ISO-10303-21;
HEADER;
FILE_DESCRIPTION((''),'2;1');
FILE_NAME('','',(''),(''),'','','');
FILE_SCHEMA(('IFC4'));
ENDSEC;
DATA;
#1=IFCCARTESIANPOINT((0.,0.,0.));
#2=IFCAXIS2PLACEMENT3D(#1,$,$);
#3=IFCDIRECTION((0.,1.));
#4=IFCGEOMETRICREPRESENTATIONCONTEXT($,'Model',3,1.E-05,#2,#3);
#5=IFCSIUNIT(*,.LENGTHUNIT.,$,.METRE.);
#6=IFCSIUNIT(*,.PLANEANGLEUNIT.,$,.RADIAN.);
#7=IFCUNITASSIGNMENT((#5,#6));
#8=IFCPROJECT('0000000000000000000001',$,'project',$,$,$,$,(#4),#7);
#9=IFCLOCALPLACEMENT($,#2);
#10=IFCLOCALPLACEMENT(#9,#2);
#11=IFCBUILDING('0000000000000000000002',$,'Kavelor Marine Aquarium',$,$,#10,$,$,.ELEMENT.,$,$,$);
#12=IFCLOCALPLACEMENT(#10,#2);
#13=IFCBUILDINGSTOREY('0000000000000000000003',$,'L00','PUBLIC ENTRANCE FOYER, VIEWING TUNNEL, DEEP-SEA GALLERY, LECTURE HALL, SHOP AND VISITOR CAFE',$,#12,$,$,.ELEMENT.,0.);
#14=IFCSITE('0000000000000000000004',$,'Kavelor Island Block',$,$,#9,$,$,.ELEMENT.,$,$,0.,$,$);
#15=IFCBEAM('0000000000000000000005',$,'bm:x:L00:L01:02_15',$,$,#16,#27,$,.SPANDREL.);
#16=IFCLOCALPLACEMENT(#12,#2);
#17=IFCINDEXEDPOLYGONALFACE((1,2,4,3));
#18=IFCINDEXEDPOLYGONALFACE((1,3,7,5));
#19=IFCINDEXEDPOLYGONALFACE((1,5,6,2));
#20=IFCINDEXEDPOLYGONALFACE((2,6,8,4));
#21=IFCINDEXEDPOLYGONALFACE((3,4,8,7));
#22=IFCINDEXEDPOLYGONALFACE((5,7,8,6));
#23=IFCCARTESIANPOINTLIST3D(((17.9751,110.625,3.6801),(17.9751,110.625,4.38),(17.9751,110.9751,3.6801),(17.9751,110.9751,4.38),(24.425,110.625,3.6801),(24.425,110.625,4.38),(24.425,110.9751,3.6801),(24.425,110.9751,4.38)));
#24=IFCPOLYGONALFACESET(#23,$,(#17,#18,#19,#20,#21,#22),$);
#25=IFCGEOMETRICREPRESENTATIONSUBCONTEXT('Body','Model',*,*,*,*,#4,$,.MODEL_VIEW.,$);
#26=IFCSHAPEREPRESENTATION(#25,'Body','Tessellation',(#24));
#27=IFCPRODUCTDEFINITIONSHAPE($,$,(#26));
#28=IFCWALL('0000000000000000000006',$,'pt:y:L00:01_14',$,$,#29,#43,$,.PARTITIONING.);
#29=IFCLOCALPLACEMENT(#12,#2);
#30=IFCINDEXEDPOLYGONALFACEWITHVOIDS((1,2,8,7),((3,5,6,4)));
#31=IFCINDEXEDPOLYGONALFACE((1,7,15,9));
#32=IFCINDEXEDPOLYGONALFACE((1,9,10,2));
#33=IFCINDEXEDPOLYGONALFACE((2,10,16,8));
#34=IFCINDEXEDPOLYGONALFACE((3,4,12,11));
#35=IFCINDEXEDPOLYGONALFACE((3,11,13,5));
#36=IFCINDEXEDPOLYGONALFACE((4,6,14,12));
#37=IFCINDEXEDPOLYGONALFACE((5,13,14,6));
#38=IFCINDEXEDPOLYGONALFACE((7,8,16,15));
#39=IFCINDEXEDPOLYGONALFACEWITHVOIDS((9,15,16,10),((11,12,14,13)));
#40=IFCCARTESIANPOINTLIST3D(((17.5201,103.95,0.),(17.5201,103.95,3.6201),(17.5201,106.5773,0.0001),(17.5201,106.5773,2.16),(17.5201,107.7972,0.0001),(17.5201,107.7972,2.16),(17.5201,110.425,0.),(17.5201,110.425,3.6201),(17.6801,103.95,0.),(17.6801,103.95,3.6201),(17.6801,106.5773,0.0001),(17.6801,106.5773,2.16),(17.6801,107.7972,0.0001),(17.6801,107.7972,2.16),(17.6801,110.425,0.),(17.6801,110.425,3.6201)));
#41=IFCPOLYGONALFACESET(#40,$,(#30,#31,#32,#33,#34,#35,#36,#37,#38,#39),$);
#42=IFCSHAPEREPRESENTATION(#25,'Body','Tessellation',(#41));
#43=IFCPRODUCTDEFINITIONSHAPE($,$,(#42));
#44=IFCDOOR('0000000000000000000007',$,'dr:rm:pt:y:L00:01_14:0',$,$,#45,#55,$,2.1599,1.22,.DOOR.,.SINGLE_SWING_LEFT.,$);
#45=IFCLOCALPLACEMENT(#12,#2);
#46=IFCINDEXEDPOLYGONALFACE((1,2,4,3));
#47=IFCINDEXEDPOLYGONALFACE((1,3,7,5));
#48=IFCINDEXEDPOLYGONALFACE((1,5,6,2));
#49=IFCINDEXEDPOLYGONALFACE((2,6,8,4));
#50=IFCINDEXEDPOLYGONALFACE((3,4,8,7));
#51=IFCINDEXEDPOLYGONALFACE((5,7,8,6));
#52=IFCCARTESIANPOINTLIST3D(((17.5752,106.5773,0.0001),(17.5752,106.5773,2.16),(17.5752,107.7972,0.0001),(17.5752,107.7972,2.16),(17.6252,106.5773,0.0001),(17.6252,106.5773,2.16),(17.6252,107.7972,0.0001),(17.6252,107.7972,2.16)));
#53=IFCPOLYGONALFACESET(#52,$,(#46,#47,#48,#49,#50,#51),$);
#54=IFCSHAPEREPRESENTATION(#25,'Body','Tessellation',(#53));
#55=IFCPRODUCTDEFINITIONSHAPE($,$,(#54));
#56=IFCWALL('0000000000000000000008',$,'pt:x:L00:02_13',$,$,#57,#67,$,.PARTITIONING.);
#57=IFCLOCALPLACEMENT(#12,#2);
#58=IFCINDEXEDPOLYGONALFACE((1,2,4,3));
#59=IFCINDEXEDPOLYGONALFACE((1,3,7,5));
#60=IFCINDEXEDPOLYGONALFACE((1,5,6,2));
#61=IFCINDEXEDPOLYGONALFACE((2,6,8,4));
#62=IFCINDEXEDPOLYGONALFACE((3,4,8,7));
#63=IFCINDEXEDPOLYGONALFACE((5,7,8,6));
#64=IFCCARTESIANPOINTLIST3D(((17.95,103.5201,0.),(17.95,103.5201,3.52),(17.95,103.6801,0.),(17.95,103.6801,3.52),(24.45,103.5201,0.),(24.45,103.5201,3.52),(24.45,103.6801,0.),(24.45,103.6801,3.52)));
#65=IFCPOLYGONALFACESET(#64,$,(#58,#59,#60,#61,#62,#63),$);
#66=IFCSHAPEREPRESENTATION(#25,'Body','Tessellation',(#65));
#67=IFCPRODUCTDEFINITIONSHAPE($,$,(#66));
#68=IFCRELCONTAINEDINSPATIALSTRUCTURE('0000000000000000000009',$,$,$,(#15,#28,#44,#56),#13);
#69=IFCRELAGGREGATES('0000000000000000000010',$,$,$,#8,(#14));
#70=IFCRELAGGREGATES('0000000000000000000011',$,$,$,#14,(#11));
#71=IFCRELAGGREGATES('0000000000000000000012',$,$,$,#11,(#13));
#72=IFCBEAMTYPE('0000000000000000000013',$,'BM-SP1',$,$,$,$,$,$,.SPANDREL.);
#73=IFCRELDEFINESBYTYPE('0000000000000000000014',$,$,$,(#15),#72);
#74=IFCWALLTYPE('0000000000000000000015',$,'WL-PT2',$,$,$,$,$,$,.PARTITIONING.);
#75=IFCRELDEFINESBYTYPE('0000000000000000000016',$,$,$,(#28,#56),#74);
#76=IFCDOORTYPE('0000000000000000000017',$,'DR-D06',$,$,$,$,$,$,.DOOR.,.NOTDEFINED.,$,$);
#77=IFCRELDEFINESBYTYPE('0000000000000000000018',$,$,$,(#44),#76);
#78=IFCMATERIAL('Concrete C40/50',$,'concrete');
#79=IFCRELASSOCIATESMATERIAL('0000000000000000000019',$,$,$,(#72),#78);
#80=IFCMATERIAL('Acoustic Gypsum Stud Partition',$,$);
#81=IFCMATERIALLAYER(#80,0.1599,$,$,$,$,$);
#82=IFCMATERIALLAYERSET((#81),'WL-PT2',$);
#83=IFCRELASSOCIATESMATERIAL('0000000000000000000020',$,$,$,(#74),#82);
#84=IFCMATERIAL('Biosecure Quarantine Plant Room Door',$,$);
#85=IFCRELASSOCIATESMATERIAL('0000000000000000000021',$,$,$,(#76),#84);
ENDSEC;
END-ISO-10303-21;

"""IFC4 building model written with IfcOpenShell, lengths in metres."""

from ifc_helpers import new_model, si_unit, direction, frame, frame_2d, origin, origin_2d, place, context, subcontext, project, spatial, rectangle, extrude, material, layer, layer_set, material_profile, profile_set, type_object, element, fill, save


model = new_model("IFC4")

# Units and contexts
model_context = context("Model", 3, precision=1e-05, world=origin(), true_north=direction((0.0, 1.0)))
body_context = subcontext(model_context, "Body", "Model", "MODEL_VIEW")
ifc_project = project(units=[si_unit("LENGTHUNIT", "METRE"), si_unit("PLANEANGLEUNIT", "RADIAN")], contexts=[model_context])

# Site, building, storey
site_placement = place(None, origin())
site = spatial("IfcSite", under=ifc_project, at=site_placement, Name="Kavelor Island Block", CompositionType="ELEMENT", RefElevation=0.0)
building_placement = place(site_placement, origin())
building = spatial("IfcBuilding", under=site, at=building_placement, Name="Kavelor Marine Aquarium", CompositionType="ELEMENT")
storey_placement = place(building_placement, origin())
storey = spatial("IfcBuildingStorey", under=building, at=storey_placement, Name="L00", Description="PUBLIC ENTRANCE FOYER, VIEWING TUNNEL, DEEP-SEA GALLERY, LECTURE HALL, SHOP AND VISITOR CAFE", CompositionType="ELEMENT", Elevation=0.0)

# Beam
ifc_material_1 = material(Name="Concrete C40/50", Category="concrete")
ifc_material_profile_1 = material_profile(ifc_material_1, rectangle(XDim=0.3501, YDim=0.7, at=origin_2d()), Name="RC-SP 350x700")
ifc_profile_set_1 = profile_set([ifc_material_profile_1], Name="Concrete C40/50")
beam_type_1 = type_object("IfcBeamType", Name="BM-SP1", PredefinedType="SPANDREL", material=ifc_profile_set_1)
beam_1_placement = place(storey_placement, frame((17.9751, 110.8, 4.03), z_axis=(1.0, 0.0, 0.0), x_axis=(0.0, 1.0, 0.0)))
element("IfcBeam", 1, at=beam_1_placement, inside=storey, type_object=beam_type_1, Name="bm:x:L00:L01:02_15", PredefinedType="SPANDREL", context=body_context, shape_type="SweptSolid", body=[
    extrude(rectangle(XDim=0.3501, YDim=0.7, at=origin_2d()), origin(), (0.0, 0.0, 1.0), 6.45),
])

# Wall, opening, door
ifc_material_2 = material(Name="Acoustic Gypsum Stud Partition")
ifc_layer_1 = layer(ifc_material_2, 0.1599)
ifc_layer_set_1 = layer_set([ifc_layer_1], Name="WL-PT2")
wall_type_1 = type_object("IfcWallType", Name="WL-PT2", PredefinedType="PARTITIONING", material=ifc_layer_set_1)
wall_1_placement = place(storey_placement, frame((17.6001, 103.95, 0.0), z_axis=(0.0, 0.0, 1.0), x_axis=(0.0, 1.0, 0.0)))
wall_1 = element("IfcWall", 2, at=wall_1_placement, inside=storey, type_object=wall_type_1, Name="pt:y:L00:01_14", PredefinedType="PARTITIONING", context=body_context, shape_type="SweptSolid", body=[
    extrude(rectangle(XDim=6.4751, YDim=0.1599, at=frame_2d((3.2375, 0.0))), origin(), (0.0, 0.0, 1.0), 3.6201),
])
opening_1_placement = place(wall_1_placement, frame((2.6274, 0.0, 0.0)))
opening_1 = element("IfcOpeningElement", 3, at=opening_1_placement, cuts=wall_1, PredefinedType="OPENING", context=body_context, shape_type="SweptSolid", body=[
    extrude(rectangle(XDim=1.22, YDim=2.1599, at=frame_2d((0.6099, 1.0801))), frame((0.0, 0.0898, 0.0), z_axis=(0.0, -1.0, 0.0), x_axis=(1.0, 0.0, 0.0)), (0.0, 0.0, 1.0), 0.1799),
])
ifc_material_3 = material(Name="Biosecure Quarantine Plant Room Door")
door_type_1 = type_object("IfcDoorType", Name="DR-D06", OperationType="NOTDEFINED", PredefinedType="DOOR", material=ifc_material_3)
door_1_placement = place(opening_1_placement, origin())
door_1 = element("IfcDoor", 4, at=door_1_placement, inside=storey, type_object=door_type_1, Name="dr:rm:pt:y:L00:01_14:0", OperationType="SINGLE_SWING_LEFT", OverallHeight=2.1599, OverallWidth=1.22, PredefinedType="DOOR", context=body_context, shape_type="SweptSolid", body=[
    extrude(rectangle(XDim=1.22, YDim=2.1599, at=frame_2d((0.6099, 1.0801))), frame((0.0, 0.0249, 0.0), z_axis=(0.0, -1.0, 0.0), x_axis=(1.0, 0.0, 0.0)), (0.0, 0.0, 1.0), 0.05),
])
fill(opening_1, door_1)

# Wall
wall_2_placement = place(storey_placement, frame((17.95, 103.6001, 0.0), z_axis=(0.0, 0.0, 1.0), x_axis=(1.0, 0.0, 0.0)))
element("IfcWall", 5, at=wall_2_placement, inside=storey, type_object=wall_type_1, Name="pt:x:L00:02_13", PredefinedType="PARTITIONING", context=body_context, shape_type="SweptSolid", body=[
    extrude(rectangle(XDim=6.5, YDim=0.1599, at=frame_2d((3.25, 0.0))), origin(), (0.0, 0.0, 1.0), 3.52),
])

save(model, "model.ifc")
